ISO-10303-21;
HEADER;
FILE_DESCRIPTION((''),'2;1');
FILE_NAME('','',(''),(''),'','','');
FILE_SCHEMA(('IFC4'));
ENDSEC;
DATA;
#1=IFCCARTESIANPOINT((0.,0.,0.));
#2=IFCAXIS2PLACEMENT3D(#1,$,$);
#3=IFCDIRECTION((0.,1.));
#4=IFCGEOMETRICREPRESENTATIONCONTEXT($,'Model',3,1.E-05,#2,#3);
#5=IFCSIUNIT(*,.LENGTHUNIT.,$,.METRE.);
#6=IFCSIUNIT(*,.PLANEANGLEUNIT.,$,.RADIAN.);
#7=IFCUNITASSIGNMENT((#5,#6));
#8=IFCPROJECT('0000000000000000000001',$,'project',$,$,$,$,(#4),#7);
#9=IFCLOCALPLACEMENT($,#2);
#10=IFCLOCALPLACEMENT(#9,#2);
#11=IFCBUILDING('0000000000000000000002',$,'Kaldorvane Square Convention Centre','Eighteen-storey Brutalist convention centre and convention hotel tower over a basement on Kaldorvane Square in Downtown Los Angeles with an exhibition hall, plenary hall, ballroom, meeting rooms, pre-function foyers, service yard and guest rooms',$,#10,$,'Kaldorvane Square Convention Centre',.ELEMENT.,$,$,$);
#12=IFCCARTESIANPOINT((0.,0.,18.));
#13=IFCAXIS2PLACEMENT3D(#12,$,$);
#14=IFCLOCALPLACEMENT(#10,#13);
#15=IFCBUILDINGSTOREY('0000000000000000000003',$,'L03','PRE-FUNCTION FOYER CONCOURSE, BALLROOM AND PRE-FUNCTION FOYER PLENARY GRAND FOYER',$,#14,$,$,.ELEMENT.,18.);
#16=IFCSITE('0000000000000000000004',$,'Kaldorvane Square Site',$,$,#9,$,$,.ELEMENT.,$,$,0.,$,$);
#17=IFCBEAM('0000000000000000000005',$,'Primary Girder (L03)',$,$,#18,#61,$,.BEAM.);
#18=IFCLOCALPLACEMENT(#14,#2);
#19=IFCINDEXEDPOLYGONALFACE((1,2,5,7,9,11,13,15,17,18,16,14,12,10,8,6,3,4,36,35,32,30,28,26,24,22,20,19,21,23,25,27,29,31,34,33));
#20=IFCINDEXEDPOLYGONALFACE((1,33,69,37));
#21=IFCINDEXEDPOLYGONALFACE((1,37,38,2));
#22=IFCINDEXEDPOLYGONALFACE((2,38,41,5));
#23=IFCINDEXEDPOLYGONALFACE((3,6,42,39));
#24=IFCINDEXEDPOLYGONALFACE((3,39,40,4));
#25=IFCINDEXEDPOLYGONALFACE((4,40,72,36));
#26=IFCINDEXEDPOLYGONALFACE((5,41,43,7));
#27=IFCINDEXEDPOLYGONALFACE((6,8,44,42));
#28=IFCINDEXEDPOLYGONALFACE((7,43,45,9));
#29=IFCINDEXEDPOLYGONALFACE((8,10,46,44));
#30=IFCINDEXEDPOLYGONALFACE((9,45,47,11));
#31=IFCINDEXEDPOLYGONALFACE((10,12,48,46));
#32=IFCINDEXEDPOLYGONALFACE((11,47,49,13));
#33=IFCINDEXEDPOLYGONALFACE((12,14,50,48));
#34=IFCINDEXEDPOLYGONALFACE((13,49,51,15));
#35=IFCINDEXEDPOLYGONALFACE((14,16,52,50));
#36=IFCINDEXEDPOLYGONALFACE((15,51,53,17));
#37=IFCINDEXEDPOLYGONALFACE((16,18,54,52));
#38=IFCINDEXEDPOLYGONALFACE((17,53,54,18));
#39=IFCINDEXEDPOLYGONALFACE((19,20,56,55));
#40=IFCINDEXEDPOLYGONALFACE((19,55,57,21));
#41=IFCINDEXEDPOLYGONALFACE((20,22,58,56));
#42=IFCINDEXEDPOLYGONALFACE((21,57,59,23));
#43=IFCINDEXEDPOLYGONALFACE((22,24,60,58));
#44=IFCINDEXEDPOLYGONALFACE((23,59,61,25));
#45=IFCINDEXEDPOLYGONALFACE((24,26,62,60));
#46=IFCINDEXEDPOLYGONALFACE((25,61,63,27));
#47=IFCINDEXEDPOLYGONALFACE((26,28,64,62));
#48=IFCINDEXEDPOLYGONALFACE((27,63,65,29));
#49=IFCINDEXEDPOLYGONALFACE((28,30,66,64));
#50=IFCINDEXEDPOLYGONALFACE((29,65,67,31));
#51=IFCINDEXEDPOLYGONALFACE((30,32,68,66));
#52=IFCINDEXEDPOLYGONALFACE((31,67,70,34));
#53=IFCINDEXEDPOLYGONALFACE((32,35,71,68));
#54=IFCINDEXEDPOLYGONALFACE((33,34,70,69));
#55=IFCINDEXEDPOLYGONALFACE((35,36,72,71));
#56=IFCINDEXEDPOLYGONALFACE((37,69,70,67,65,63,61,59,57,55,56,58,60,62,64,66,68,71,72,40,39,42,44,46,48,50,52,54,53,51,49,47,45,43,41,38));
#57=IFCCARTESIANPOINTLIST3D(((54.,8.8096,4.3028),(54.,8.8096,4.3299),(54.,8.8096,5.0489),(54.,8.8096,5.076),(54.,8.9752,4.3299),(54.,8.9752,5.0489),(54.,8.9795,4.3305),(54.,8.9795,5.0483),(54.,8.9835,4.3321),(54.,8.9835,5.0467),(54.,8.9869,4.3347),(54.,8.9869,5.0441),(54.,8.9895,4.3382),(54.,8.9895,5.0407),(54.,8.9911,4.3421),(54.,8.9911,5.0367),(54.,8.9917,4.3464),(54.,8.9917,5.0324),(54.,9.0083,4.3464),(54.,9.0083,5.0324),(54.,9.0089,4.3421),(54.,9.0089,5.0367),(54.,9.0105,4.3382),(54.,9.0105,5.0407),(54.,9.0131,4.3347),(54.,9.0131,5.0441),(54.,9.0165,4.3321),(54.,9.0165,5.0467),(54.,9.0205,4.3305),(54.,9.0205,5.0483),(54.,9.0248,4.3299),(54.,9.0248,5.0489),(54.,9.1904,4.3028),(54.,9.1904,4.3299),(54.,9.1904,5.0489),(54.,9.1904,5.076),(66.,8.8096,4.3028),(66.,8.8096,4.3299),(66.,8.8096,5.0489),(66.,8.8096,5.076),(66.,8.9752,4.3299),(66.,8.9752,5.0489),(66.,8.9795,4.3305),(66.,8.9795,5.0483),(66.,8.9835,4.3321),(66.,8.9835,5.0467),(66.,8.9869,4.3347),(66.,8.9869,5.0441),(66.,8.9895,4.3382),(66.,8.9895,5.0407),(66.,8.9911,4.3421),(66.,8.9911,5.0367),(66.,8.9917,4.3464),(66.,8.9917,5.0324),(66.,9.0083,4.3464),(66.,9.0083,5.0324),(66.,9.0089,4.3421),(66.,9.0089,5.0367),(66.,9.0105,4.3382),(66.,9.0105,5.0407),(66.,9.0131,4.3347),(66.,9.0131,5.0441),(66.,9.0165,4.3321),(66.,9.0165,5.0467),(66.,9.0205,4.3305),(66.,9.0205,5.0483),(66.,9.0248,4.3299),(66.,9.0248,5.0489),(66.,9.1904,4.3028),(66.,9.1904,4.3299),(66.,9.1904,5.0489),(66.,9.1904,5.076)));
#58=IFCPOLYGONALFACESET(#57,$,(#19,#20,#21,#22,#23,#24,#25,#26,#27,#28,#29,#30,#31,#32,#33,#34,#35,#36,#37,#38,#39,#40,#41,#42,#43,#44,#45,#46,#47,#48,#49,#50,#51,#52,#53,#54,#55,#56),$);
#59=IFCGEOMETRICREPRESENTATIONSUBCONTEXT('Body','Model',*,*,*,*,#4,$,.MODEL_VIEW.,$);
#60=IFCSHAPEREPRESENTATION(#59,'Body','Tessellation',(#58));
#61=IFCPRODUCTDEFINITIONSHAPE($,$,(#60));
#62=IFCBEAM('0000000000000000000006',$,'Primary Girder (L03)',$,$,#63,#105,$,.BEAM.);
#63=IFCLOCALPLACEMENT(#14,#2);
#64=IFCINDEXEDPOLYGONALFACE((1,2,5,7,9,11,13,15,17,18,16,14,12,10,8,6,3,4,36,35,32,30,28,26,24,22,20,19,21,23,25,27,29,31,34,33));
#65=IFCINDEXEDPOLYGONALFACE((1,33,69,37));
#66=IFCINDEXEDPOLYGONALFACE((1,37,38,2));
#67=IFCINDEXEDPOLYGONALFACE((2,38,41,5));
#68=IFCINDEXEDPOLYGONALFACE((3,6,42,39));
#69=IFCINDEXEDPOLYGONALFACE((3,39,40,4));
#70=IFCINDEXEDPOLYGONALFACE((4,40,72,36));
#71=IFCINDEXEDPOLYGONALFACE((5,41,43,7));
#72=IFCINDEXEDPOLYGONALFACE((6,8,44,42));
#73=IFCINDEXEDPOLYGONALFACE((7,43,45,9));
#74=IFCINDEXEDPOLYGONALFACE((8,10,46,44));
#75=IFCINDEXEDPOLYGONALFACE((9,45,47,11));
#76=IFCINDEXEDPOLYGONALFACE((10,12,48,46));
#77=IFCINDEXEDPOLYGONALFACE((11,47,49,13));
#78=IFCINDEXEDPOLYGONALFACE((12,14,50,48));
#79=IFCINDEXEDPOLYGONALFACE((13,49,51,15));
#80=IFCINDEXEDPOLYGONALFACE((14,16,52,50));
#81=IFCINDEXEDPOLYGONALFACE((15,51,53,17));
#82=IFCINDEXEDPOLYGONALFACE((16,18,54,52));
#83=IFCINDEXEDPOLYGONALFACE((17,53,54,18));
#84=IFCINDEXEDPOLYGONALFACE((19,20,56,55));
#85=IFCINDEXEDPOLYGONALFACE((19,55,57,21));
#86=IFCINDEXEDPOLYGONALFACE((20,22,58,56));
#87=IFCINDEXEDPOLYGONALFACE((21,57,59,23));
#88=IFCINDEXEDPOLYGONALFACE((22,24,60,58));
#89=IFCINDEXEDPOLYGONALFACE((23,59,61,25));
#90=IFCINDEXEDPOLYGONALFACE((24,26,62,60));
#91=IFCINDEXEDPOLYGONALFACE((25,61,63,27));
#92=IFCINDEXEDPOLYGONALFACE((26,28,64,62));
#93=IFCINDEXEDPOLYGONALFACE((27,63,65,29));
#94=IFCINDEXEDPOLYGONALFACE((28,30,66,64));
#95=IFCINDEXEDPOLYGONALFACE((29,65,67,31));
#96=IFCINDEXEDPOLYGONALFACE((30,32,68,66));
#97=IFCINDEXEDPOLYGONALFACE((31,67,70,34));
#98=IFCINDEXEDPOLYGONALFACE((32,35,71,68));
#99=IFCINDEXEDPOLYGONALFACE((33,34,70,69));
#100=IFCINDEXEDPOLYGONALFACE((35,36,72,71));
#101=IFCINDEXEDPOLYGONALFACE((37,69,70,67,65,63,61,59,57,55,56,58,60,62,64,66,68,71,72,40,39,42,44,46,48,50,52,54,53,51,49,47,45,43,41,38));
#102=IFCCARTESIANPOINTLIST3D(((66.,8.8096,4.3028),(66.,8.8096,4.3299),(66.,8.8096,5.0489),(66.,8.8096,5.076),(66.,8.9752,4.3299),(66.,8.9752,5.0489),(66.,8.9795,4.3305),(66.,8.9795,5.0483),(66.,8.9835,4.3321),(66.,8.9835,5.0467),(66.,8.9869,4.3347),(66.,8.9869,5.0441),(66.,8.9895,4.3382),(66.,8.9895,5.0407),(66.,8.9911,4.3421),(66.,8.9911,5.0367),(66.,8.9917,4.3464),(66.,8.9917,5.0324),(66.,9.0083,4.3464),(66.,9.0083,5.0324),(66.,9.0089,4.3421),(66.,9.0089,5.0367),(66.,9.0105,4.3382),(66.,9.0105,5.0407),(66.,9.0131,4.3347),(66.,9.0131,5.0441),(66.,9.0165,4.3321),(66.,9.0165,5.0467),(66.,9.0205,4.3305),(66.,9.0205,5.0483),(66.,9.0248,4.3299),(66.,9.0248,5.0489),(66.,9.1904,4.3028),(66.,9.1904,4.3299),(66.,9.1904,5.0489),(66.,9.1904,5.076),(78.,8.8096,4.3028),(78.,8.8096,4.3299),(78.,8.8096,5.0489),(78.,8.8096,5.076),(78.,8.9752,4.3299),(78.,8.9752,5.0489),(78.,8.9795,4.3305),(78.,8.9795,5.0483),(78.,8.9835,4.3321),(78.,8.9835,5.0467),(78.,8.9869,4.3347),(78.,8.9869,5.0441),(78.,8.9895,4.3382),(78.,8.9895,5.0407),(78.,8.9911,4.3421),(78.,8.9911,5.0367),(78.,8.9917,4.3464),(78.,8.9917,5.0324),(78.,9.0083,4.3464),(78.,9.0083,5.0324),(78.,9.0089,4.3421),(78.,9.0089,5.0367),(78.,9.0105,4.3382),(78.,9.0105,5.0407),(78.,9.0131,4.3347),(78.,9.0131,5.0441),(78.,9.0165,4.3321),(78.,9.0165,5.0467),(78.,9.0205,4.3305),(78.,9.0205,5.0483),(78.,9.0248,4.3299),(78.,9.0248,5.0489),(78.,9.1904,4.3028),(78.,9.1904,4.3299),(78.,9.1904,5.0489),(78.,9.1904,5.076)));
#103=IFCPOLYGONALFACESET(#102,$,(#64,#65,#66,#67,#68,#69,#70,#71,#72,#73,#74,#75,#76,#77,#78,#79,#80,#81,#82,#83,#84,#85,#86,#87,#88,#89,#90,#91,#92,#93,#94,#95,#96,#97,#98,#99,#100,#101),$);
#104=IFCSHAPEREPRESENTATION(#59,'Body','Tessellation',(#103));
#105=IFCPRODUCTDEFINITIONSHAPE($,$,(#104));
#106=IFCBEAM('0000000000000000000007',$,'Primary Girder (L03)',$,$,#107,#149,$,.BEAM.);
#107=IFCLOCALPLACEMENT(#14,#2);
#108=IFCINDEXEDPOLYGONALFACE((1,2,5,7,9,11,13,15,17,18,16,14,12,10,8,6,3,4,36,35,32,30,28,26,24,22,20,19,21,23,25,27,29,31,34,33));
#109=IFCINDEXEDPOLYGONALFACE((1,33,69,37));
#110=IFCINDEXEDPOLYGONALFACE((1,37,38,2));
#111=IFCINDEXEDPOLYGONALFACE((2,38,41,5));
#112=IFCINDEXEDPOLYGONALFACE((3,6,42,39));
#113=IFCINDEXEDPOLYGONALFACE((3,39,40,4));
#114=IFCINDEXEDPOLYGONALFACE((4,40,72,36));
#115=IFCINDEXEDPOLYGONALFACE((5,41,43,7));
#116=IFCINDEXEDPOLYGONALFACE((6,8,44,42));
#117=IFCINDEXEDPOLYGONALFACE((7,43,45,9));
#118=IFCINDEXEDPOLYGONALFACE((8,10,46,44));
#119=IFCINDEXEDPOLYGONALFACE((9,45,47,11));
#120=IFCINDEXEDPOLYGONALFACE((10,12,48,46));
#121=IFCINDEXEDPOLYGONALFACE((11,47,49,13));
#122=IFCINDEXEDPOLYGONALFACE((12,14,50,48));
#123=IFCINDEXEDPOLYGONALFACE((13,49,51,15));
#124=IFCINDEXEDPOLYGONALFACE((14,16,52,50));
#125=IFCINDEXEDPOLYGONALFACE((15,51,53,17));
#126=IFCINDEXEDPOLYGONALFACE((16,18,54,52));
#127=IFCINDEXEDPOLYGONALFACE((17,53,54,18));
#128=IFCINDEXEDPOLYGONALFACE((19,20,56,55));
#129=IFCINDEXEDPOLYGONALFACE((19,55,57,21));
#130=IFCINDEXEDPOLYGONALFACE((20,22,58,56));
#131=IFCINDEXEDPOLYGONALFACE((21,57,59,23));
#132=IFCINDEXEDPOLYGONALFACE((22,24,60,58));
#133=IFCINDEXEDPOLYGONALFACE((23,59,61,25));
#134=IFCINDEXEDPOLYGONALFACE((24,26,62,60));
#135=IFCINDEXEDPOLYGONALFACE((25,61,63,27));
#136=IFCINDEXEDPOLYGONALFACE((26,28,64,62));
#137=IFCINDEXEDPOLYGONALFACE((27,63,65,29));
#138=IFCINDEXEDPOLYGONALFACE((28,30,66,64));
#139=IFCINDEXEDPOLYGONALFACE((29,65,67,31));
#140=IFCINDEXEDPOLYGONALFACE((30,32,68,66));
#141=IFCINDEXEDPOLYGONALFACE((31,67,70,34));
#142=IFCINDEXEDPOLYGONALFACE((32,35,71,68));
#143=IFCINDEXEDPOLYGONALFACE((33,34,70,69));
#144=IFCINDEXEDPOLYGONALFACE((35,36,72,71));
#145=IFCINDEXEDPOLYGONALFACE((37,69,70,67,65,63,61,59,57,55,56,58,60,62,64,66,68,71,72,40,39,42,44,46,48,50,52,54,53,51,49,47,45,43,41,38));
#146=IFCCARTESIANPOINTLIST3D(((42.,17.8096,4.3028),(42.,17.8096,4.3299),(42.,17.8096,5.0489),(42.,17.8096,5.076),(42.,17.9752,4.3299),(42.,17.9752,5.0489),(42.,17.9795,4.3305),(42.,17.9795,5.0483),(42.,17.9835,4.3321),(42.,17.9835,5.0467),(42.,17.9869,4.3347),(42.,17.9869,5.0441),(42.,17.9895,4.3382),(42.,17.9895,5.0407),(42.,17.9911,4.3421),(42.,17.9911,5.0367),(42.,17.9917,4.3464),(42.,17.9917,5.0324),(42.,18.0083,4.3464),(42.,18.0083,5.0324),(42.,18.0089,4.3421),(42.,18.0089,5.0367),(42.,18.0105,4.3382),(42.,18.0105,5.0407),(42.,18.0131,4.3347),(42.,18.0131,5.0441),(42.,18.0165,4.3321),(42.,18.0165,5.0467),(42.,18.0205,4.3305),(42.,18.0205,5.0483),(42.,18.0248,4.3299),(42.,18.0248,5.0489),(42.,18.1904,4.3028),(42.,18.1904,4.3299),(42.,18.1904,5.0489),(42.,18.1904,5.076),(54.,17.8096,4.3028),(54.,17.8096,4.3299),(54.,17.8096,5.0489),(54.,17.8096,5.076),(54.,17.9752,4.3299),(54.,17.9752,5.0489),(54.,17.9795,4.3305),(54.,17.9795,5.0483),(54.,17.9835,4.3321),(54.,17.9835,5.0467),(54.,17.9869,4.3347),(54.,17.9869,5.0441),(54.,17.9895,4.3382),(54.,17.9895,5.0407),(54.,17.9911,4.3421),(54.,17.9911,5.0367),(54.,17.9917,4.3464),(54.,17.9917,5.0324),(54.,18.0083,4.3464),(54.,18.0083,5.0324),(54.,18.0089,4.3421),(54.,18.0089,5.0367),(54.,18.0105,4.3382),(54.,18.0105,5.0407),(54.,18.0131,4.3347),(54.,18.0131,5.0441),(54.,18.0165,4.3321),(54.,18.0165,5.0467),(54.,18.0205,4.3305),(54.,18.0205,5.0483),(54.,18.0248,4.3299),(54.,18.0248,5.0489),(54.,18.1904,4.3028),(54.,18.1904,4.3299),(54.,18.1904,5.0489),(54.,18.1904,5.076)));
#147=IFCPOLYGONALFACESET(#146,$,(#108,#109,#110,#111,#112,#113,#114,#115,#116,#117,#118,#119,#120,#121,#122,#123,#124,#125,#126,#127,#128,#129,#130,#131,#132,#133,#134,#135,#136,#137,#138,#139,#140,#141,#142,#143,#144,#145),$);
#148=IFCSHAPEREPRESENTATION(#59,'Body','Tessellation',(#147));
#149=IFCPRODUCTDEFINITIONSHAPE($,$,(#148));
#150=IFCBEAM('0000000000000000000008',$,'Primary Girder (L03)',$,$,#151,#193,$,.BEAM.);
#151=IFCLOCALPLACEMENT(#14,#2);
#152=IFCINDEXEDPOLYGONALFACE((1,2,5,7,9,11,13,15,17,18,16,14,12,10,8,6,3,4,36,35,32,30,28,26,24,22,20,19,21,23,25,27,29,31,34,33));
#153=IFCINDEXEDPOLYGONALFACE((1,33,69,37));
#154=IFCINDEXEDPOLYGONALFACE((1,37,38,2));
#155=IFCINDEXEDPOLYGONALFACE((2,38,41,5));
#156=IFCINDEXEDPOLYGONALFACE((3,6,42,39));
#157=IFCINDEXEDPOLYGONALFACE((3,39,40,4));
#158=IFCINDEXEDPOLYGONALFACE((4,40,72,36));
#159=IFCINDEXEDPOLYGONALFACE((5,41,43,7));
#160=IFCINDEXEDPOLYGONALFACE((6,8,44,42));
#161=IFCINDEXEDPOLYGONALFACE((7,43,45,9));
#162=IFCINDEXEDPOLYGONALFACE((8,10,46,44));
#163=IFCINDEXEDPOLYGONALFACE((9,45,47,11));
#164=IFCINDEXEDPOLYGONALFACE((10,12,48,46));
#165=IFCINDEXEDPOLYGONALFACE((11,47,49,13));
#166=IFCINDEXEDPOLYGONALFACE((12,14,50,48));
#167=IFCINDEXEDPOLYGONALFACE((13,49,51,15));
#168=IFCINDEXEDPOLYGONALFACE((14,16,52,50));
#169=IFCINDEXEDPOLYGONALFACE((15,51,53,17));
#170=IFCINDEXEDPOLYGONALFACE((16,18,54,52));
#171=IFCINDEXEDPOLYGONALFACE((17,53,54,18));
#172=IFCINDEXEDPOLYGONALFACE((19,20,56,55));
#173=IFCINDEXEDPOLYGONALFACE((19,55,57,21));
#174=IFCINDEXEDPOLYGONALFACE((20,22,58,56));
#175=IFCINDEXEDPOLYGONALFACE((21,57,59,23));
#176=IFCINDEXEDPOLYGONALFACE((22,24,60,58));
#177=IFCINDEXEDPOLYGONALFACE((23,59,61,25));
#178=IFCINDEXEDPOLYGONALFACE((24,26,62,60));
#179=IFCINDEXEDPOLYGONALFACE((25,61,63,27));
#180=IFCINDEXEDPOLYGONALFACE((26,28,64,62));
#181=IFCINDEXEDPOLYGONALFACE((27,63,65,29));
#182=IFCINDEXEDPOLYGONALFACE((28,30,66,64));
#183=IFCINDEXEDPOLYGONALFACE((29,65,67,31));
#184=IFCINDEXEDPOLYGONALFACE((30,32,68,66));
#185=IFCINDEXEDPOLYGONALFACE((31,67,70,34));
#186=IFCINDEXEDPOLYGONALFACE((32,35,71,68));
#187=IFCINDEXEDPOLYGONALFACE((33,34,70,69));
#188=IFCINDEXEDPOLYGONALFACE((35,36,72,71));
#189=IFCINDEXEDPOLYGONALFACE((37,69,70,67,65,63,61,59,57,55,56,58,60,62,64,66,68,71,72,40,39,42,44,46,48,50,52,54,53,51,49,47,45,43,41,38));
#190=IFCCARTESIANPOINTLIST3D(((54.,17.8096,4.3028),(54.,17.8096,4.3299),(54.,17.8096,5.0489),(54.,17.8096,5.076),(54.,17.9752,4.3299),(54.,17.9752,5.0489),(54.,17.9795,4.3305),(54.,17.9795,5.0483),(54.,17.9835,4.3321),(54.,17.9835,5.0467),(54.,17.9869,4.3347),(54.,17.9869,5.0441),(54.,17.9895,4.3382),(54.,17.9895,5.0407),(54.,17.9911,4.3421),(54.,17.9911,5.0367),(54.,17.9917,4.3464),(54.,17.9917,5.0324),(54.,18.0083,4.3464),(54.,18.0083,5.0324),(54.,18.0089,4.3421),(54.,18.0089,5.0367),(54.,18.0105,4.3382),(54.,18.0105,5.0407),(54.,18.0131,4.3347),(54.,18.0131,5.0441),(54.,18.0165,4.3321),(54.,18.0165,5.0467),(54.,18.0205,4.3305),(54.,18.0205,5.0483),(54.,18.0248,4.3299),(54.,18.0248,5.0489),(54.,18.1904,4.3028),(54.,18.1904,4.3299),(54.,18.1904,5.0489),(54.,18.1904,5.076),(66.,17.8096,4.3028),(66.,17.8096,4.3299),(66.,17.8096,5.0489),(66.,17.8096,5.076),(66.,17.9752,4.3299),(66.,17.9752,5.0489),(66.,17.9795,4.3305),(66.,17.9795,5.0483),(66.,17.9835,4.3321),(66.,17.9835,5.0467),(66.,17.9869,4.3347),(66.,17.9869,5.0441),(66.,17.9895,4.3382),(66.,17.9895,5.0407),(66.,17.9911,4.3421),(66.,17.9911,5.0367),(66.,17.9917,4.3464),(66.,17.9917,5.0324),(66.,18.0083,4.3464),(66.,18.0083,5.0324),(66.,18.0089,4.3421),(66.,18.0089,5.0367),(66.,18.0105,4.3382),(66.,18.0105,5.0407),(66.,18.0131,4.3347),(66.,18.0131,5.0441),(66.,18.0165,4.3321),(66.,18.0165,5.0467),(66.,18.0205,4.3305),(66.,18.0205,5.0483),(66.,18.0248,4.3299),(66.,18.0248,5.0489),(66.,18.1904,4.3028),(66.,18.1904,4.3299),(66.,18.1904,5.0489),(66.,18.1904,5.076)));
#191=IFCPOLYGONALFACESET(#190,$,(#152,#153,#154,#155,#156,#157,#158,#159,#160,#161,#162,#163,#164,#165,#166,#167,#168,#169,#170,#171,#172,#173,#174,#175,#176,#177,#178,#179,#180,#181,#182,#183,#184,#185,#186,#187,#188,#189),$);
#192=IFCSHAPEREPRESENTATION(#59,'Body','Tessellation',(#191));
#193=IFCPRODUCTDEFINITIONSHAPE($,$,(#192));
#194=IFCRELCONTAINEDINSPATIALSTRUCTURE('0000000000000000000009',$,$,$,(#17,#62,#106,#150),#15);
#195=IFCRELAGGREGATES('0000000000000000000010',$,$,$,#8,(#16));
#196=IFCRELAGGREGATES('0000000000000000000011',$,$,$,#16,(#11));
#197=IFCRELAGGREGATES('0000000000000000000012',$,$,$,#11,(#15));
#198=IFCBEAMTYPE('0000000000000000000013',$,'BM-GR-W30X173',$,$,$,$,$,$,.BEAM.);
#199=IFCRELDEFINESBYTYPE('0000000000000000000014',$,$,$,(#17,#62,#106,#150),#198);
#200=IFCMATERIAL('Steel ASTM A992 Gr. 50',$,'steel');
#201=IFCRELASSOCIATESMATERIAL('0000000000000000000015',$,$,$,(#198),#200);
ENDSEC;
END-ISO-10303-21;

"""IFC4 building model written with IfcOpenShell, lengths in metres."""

from ifc_helpers import new_model, si_unit, direction, frame, origin, origin_2d, place, context, subcontext, project, spatial, i_section, extrude, material, material_profile, profile_set, type_object, element, save


model = new_model("IFC4")

# Units and contexts
model_context = context("Model", 3, precision=1e-05, world=origin(), true_north=direction((0.0, 1.0)))
body_context = subcontext(model_context, "Body", "Model", "MODEL_VIEW")
ifc_project = project(units=[si_unit("LENGTHUNIT", "METRE"), si_unit("PLANEANGLEUNIT", "RADIAN")], contexts=[model_context])

# Site, building, storey
site_placement = place(None, origin())
site = spatial("IfcSite", under=ifc_project, at=site_placement, Name="Kaldorvane Square Site", CompositionType="ELEMENT", RefElevation=0.0)
building_placement = place(site_placement, origin())
building = spatial("IfcBuilding", under=site, at=building_placement, Name="Kaldorvane Square Convention Centre", Description="Eighteen-storey Brutalist convention centre and convention hotel tower over a basement on Kaldorvane Square in Downtown Los Angeles with an exhibition hall, plenary hall, ballroom, meeting rooms, pre-function foyers, service yard and guest rooms", LongName="Kaldorvane Square Convention Centre", CompositionType="ELEMENT")
storey_placement = place(building_placement, frame((0.0, 0.0, 18.0)))
storey = spatial("IfcBuildingStorey", under=building, at=storey_placement, Name="L03", Description="PRE-FUNCTION FOYER CONCOURSE, BALLROOM AND PRE-FUNCTION FOYER PLENARY GRAND FOYER", CompositionType="ELEMENT", Elevation=18.0)

# Shared definitions
ifc_material_1 = material(Name="Steel ASTM A992 Gr. 50", Category="steel")

# Beams
ifc_material_profile_1 = material_profile(ifc_material_1, i_section(OverallWidth=0.3807, OverallDepth=0.7732, WebThickness=0.0166, FlangeThickness=0.0271, FilletRadius=0.0165, at=origin_2d()), Name="W30X173")
ifc_profile_set_1 = profile_set([ifc_material_profile_1], Name="Steel ASTM A992 Gr. 50")
beam_type_1 = type_object("IfcBeamType", Name="BM-GR-W30X173", PredefinedType="BEAM", material=ifc_profile_set_1)
for number, where, z_axis, x_axis, name in (
    (1, (54.0, 9.0, 4.6894), (1.0, 0.0, 0.0), (0.0, 1.0, 0.0), "Primary Girder (L03)"),
    (2, (66.0, 9.0, 4.6894), (1.0, 0.0, 0.0), (0.0, 1.0, 0.0), "Primary Girder (L03)"),
    (3, (42.0, 18.0, 4.6894), (1.0, 0.0, 0.0), (0.0, 1.0, 0.0), "Primary Girder (L03)"),
    (4, (54.0, 18.0, 4.6894), (1.0, 0.0, 0.0), (0.0, 1.0, 0.0), "Primary Girder (L03)"),
):
    element("IfcBeam", number, at=place(storey_placement, frame(where, z_axis=z_axis, x_axis=x_axis)), inside=storey, type_object=beam_type_1, Name=name, PredefinedType="BEAM", context=body_context, shape_type="SweptSolid", body=[
        extrude(i_section(OverallWidth=0.3807, OverallDepth=0.7732, WebThickness=0.0166, FlangeThickness=0.0271, FilletRadius=0.0165, at=origin_2d()), origin(), (0.0, 0.0, 1.0), 12.0),
    ])

save(model, "model.ifc")
